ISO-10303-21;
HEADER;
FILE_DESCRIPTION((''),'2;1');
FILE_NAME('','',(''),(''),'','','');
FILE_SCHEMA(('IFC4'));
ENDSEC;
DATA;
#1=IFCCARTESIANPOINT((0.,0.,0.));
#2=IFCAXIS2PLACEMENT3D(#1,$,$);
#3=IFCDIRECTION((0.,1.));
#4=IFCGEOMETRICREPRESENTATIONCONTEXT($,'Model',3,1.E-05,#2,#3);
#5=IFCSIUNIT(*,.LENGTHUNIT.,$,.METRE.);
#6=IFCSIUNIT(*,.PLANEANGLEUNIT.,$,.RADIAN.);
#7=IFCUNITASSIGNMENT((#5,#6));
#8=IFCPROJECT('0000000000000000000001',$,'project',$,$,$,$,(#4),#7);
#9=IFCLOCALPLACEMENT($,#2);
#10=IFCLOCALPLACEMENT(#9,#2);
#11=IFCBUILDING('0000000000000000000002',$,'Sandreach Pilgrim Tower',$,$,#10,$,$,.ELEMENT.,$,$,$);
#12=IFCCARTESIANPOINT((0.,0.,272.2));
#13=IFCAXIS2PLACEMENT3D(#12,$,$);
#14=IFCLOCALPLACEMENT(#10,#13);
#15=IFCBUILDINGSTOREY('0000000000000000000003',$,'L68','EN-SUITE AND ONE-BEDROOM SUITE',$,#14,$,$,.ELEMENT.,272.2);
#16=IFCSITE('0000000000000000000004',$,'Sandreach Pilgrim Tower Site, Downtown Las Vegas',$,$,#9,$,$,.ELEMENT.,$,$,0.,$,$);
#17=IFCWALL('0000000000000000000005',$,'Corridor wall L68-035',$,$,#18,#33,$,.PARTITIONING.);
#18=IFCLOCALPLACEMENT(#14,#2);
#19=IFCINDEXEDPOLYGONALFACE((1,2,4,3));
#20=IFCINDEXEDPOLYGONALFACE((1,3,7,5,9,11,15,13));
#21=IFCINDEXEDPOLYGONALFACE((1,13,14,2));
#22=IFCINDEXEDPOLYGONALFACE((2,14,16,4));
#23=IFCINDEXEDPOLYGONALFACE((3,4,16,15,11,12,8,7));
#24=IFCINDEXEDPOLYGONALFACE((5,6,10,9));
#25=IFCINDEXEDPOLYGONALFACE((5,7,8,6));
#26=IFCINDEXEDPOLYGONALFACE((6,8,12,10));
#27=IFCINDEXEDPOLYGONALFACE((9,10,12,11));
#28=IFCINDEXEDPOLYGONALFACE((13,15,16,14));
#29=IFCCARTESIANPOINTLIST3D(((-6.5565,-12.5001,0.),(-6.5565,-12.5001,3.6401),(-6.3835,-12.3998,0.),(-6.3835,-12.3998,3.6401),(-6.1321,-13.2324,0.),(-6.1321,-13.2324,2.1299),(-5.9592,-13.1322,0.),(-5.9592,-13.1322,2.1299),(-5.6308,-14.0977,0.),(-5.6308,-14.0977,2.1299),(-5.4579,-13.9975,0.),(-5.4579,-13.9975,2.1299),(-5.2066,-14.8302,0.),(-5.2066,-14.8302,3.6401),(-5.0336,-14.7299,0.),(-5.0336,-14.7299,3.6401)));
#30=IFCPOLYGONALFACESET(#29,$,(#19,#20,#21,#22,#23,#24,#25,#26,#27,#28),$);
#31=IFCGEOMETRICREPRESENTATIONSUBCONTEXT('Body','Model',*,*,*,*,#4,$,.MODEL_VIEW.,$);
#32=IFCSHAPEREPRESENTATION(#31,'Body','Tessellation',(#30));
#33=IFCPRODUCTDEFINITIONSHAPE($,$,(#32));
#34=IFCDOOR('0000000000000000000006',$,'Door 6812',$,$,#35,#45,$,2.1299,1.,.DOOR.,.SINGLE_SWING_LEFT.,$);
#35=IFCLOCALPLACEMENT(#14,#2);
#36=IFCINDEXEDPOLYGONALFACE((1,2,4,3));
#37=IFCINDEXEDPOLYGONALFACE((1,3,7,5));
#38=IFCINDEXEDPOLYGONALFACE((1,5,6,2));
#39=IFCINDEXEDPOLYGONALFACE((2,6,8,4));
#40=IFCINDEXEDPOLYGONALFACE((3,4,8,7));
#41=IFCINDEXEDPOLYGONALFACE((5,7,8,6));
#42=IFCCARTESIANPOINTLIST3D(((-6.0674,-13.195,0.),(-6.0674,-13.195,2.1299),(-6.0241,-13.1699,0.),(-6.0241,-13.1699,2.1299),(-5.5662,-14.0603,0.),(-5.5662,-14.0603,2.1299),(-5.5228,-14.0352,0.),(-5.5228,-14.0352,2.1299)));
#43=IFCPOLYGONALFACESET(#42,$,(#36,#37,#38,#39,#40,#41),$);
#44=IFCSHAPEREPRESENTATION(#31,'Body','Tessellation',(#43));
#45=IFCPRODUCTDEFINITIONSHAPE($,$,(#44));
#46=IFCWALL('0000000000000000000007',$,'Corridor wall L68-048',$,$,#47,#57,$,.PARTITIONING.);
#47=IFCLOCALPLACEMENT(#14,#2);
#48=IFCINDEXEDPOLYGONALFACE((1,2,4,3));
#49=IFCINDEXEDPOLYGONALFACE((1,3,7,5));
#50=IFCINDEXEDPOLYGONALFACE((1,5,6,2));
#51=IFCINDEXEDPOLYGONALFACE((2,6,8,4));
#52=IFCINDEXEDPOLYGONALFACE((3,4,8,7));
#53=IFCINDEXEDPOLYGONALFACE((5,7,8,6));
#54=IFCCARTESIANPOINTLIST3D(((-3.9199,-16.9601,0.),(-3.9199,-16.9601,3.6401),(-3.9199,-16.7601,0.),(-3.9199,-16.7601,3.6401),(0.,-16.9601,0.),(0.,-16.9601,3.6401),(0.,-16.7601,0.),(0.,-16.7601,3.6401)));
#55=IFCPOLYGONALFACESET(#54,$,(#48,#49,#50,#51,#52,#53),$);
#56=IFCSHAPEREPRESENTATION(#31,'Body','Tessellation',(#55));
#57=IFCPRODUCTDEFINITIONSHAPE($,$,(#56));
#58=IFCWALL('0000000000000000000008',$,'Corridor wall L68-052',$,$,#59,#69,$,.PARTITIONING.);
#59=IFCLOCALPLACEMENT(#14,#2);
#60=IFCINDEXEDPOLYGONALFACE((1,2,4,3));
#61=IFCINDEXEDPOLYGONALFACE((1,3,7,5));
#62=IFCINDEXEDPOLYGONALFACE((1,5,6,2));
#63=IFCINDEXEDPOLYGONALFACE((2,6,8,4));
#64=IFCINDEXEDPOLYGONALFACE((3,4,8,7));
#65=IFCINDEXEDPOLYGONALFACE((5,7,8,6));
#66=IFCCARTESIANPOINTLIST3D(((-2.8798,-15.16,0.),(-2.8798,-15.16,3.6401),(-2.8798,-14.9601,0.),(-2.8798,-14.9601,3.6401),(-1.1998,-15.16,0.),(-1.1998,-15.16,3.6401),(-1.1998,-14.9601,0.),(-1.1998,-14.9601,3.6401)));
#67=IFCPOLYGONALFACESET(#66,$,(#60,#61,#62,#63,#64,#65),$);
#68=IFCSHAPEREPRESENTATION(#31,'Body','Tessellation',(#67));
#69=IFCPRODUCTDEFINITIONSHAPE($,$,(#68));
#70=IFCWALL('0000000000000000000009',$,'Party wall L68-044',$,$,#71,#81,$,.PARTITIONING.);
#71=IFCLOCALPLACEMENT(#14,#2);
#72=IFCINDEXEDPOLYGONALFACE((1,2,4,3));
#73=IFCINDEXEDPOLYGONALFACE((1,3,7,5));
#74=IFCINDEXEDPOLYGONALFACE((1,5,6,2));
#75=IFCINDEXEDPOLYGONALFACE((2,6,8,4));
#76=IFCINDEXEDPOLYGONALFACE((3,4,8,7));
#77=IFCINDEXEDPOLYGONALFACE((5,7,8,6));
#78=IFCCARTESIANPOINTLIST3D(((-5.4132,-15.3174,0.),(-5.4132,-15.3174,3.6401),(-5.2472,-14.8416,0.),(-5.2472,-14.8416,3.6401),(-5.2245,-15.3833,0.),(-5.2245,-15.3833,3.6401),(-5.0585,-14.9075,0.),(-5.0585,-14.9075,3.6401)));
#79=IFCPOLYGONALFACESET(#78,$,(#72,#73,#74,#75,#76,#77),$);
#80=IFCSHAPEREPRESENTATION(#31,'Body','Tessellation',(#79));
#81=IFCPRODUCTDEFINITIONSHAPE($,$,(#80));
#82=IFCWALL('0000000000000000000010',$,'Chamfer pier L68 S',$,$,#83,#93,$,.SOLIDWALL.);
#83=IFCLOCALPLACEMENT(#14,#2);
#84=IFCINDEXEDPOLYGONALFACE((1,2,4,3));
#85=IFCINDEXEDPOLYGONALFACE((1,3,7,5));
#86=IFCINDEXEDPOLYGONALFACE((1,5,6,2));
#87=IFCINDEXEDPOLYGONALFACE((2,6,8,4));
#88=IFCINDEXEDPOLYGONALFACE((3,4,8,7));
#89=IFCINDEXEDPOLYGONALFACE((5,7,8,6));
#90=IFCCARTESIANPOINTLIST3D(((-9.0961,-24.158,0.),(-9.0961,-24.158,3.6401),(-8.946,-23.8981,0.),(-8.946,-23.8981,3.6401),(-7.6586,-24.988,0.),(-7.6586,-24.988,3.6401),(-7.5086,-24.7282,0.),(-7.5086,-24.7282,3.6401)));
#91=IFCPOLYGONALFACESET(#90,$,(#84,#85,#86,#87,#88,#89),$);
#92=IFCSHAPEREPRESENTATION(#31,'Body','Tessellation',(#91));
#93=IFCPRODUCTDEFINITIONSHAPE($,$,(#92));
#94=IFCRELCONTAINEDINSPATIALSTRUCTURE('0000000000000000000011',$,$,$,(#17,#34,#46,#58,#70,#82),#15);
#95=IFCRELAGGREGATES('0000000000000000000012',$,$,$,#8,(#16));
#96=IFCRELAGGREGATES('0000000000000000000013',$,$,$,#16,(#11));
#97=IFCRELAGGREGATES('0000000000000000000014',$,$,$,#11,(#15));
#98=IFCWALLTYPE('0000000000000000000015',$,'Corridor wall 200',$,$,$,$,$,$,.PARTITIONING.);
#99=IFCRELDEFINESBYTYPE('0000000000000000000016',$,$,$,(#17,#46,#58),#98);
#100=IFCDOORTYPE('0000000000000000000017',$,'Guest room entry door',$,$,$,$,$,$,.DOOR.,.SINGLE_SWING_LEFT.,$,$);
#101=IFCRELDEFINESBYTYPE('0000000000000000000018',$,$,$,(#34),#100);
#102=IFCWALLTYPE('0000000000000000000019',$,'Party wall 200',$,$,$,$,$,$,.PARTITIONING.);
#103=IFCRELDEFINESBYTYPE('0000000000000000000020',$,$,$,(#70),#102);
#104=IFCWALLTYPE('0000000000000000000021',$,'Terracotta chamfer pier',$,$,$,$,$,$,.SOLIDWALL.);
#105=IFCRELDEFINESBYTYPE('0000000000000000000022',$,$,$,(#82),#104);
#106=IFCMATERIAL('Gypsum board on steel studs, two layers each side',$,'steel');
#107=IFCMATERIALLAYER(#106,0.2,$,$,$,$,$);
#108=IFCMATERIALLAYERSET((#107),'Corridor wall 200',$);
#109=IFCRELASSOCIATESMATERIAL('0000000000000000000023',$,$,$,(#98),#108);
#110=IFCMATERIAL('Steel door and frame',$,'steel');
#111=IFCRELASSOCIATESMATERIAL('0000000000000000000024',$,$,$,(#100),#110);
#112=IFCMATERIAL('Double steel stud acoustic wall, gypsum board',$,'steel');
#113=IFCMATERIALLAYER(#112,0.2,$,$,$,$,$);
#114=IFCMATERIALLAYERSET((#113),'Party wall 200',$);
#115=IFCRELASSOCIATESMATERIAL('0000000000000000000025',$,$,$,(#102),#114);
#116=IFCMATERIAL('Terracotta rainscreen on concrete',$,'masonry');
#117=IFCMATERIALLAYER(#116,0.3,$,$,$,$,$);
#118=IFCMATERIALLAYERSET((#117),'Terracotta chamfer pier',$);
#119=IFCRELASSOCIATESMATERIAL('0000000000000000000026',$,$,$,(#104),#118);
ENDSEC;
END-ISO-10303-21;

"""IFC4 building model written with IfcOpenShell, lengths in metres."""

from ifc_helpers import new_model, si_unit, direction, frame, frame_2d, origin, place, context, subcontext, project, spatial, rectangle, extrude, material, layer, layer_set, type_object, element, fill, save


model = new_model("IFC4")

# Units and contexts
model_context = context("Model", 3, precision=1e-05, world=origin(), true_north=direction((0.0, 1.0)))
body_context = subcontext(model_context, "Body", "Model", "MODEL_VIEW")
ifc_project = project(units=[si_unit("LENGTHUNIT", "METRE"), si_unit("PLANEANGLEUNIT", "RADIAN")], contexts=[model_context])

# Site, building, storey
site_placement = place(None, origin())
site = spatial("IfcSite", under=ifc_project, at=site_placement, Name="Sandreach Pilgrim Tower Site, Downtown Las Vegas", CompositionType="ELEMENT", RefElevation=0.0)
building_placement = place(site_placement, origin())
building = spatial("IfcBuilding", under=site, at=building_placement, Name="Sandreach Pilgrim Tower", CompositionType="ELEMENT")
storey_placement = place(building_placement, frame((0.0, 0.0, 272.2)))
storey = spatial("IfcBuildingStorey", under=building, at=storey_placement, Name="L68", Description="EN-SUITE AND ONE-BEDROOM SUITE", CompositionType="ELEMENT", Elevation=272.2)

# Wall, opening, door
ifc_material_1 = material(Name="Gypsum board on steel studs, two layers each side", Category="steel")
ifc_layer_1 = layer(ifc_material_1, 0.2)
ifc_layer_set_1 = layer_set([ifc_layer_1], Name="Corridor wall 200")
wall_type_1 = type_object("IfcWallType", Name="Corridor wall 200", PredefinedType="PARTITIONING", material=ifc_layer_set_1)
wall_1_placement = place(storey_placement, frame((-6.47, -12.45, 0.0), z_axis=(0.0, 0.0, 1.0), x_axis=(0.501276, -0.865288, 0.0)))
wall_1 = element("IfcWall", 1, at=wall_1_placement, inside=storey, type_object=wall_type_1, Name="Corridor wall L68-035", PredefinedType="PARTITIONING", context=body_context, shape_type="SweptSolid", body=[
    extrude(rectangle(XDim=2.6929, YDim=0.2, at=frame_2d((1.3464, 0.0))), origin(), (0.0, 0.0, 1.0), 3.6401),
])
opening_1_placement = place(wall_1_placement, frame((0.8464, 0.0, 0.0)))
opening_1 = element("IfcOpeningElement", 2, at=opening_1_placement, cuts=wall_1, PredefinedType="OPENING", context=body_context, shape_type="SweptSolid", body=[
    extrude(rectangle(XDim=1.0, YDim=2.1299, at=frame_2d((0.5, 1.0649))), frame((0.0, 0.1001, 0.0), z_axis=(0.0, -1.0, 0.0), x_axis=(1.0, 0.0, 0.0)), (0.0, 0.0, 1.0), 0.2),
])
ifc_material_2 = material(Name="Steel door and frame", Category="steel")
door_type_1 = type_object("IfcDoorType", Name="Guest room entry door", OperationType="SINGLE_SWING_LEFT", PredefinedType="DOOR", material=ifc_material_2)
door_1_placement = place(opening_1_placement, origin())
door_1 = element("IfcDoor", 3, at=door_1_placement, inside=storey, type_object=door_type_1, Name="Door 6812", OperationType="SINGLE_SWING_LEFT", OverallHeight=2.1299, OverallWidth=1.0, PredefinedType="DOOR", context=body_context, shape_type="SweptSolid", body=[
    extrude(rectangle(XDim=1.0, YDim=2.1299, at=frame_2d((0.5, 1.0649))), frame((0.0, 0.0249, 0.0), z_axis=(0.0, -1.0, 0.0), x_axis=(1.0, 0.0, 0.0)), (0.0, 0.0, 1.0), 0.05),
])
fill(opening_1, door_1)

# Wall
wall_2_placement = place(storey_placement, frame((-3.9199, -16.8601, 0.0), z_axis=(0.0, 0.0, 1.0), x_axis=(1.0, 0.0, 0.0)))
element("IfcWall", 4, at=wall_2_placement, inside=storey, type_object=wall_type_1, Name="Corridor wall L68-048", PredefinedType="PARTITIONING", context=body_context, shape_type="SweptSolid", body=[
    extrude(rectangle(XDim=3.9199, YDim=0.2, at=frame_2d((1.96, 0.0))), origin(), (0.0, 0.0, 1.0), 3.6401),
])

# Walls
wall_3_placement = place(storey_placement, frame((-1.2, -15.0601, 0.0), z_axis=(0.0, 0.0, 1.0), x_axis=(-1.0, 0.0, 0.0)))
element("IfcWall", 5, at=wall_3_placement, inside=storey, type_object=wall_type_1, Name="Corridor wall L68-052", PredefinedType="PARTITIONING", context=body_context, shape_type="SweptSolid", body=[
    extrude(rectangle(XDim=1.6799, YDim=0.2, at=frame_2d((0.8398, 0.0))), origin(), (0.0, 0.0, 1.0), 3.6401),
])
ifc_material_3 = material(Name="Double steel stud acoustic wall, gypsum board", Category="steel")
ifc_layer_2 = layer(ifc_material_3, 0.2)
ifc_layer_set_2 = layer_set([ifc_layer_2], Name="Party wall 200")
wall_type_2 = type_object("IfcWallType", Name="Party wall 200", PredefinedType="PARTITIONING", material=ifc_layer_set_2)
wall_4_placement = place(storey_placement, frame((-5.3188, -15.3503, 0.0), z_axis=(0.0, 0.0, 1.0), x_axis=(0.329422, 0.944183, 0.0)))
element("IfcWall", 6, at=wall_4_placement, inside=storey, type_object=wall_type_2, Name="Party wall L68-044", PredefinedType="PARTITIONING", context=body_context, shape_type="SweptSolid", body=[
    extrude(rectangle(XDim=0.5039, YDim=0.2, at=frame_2d((0.252, 0.0))), origin(), (0.0, 0.0, 1.0), 3.6401),
])
ifc_material_4 = material(Name="Terracotta rainscreen on concrete", Category="masonry")
ifc_layer_3 = layer(ifc_material_4, 0.3)
ifc_layer_set_3 = layer_set([ifc_layer_3], Name="Terracotta chamfer pier")
wall_type_3 = type_object("IfcWallType", Name="Terracotta chamfer pier", PredefinedType="SOLIDWALL", material=ifc_layer_set_3)
wall_5_placement = place(storey_placement, frame((-7.5835, -24.8582, 0.0), z_axis=(0.0, 0.0, 1.0), x_axis=(-0.86599, 0.500062, 0.0)))
element("IfcWall", 7, at=wall_5_placement, inside=storey, type_object=wall_type_3, Name="Chamfer pier L68 S", PredefinedType="SOLIDWALL", context=body_context, shape_type="SweptSolid", body=[
    extrude(rectangle(XDim=1.6599, YDim=0.3, at=frame_2d((0.8301, 0.0))), origin(), (0.0, 0.0, 1.0), 3.6401),
])

save(model, "model.ifc")
